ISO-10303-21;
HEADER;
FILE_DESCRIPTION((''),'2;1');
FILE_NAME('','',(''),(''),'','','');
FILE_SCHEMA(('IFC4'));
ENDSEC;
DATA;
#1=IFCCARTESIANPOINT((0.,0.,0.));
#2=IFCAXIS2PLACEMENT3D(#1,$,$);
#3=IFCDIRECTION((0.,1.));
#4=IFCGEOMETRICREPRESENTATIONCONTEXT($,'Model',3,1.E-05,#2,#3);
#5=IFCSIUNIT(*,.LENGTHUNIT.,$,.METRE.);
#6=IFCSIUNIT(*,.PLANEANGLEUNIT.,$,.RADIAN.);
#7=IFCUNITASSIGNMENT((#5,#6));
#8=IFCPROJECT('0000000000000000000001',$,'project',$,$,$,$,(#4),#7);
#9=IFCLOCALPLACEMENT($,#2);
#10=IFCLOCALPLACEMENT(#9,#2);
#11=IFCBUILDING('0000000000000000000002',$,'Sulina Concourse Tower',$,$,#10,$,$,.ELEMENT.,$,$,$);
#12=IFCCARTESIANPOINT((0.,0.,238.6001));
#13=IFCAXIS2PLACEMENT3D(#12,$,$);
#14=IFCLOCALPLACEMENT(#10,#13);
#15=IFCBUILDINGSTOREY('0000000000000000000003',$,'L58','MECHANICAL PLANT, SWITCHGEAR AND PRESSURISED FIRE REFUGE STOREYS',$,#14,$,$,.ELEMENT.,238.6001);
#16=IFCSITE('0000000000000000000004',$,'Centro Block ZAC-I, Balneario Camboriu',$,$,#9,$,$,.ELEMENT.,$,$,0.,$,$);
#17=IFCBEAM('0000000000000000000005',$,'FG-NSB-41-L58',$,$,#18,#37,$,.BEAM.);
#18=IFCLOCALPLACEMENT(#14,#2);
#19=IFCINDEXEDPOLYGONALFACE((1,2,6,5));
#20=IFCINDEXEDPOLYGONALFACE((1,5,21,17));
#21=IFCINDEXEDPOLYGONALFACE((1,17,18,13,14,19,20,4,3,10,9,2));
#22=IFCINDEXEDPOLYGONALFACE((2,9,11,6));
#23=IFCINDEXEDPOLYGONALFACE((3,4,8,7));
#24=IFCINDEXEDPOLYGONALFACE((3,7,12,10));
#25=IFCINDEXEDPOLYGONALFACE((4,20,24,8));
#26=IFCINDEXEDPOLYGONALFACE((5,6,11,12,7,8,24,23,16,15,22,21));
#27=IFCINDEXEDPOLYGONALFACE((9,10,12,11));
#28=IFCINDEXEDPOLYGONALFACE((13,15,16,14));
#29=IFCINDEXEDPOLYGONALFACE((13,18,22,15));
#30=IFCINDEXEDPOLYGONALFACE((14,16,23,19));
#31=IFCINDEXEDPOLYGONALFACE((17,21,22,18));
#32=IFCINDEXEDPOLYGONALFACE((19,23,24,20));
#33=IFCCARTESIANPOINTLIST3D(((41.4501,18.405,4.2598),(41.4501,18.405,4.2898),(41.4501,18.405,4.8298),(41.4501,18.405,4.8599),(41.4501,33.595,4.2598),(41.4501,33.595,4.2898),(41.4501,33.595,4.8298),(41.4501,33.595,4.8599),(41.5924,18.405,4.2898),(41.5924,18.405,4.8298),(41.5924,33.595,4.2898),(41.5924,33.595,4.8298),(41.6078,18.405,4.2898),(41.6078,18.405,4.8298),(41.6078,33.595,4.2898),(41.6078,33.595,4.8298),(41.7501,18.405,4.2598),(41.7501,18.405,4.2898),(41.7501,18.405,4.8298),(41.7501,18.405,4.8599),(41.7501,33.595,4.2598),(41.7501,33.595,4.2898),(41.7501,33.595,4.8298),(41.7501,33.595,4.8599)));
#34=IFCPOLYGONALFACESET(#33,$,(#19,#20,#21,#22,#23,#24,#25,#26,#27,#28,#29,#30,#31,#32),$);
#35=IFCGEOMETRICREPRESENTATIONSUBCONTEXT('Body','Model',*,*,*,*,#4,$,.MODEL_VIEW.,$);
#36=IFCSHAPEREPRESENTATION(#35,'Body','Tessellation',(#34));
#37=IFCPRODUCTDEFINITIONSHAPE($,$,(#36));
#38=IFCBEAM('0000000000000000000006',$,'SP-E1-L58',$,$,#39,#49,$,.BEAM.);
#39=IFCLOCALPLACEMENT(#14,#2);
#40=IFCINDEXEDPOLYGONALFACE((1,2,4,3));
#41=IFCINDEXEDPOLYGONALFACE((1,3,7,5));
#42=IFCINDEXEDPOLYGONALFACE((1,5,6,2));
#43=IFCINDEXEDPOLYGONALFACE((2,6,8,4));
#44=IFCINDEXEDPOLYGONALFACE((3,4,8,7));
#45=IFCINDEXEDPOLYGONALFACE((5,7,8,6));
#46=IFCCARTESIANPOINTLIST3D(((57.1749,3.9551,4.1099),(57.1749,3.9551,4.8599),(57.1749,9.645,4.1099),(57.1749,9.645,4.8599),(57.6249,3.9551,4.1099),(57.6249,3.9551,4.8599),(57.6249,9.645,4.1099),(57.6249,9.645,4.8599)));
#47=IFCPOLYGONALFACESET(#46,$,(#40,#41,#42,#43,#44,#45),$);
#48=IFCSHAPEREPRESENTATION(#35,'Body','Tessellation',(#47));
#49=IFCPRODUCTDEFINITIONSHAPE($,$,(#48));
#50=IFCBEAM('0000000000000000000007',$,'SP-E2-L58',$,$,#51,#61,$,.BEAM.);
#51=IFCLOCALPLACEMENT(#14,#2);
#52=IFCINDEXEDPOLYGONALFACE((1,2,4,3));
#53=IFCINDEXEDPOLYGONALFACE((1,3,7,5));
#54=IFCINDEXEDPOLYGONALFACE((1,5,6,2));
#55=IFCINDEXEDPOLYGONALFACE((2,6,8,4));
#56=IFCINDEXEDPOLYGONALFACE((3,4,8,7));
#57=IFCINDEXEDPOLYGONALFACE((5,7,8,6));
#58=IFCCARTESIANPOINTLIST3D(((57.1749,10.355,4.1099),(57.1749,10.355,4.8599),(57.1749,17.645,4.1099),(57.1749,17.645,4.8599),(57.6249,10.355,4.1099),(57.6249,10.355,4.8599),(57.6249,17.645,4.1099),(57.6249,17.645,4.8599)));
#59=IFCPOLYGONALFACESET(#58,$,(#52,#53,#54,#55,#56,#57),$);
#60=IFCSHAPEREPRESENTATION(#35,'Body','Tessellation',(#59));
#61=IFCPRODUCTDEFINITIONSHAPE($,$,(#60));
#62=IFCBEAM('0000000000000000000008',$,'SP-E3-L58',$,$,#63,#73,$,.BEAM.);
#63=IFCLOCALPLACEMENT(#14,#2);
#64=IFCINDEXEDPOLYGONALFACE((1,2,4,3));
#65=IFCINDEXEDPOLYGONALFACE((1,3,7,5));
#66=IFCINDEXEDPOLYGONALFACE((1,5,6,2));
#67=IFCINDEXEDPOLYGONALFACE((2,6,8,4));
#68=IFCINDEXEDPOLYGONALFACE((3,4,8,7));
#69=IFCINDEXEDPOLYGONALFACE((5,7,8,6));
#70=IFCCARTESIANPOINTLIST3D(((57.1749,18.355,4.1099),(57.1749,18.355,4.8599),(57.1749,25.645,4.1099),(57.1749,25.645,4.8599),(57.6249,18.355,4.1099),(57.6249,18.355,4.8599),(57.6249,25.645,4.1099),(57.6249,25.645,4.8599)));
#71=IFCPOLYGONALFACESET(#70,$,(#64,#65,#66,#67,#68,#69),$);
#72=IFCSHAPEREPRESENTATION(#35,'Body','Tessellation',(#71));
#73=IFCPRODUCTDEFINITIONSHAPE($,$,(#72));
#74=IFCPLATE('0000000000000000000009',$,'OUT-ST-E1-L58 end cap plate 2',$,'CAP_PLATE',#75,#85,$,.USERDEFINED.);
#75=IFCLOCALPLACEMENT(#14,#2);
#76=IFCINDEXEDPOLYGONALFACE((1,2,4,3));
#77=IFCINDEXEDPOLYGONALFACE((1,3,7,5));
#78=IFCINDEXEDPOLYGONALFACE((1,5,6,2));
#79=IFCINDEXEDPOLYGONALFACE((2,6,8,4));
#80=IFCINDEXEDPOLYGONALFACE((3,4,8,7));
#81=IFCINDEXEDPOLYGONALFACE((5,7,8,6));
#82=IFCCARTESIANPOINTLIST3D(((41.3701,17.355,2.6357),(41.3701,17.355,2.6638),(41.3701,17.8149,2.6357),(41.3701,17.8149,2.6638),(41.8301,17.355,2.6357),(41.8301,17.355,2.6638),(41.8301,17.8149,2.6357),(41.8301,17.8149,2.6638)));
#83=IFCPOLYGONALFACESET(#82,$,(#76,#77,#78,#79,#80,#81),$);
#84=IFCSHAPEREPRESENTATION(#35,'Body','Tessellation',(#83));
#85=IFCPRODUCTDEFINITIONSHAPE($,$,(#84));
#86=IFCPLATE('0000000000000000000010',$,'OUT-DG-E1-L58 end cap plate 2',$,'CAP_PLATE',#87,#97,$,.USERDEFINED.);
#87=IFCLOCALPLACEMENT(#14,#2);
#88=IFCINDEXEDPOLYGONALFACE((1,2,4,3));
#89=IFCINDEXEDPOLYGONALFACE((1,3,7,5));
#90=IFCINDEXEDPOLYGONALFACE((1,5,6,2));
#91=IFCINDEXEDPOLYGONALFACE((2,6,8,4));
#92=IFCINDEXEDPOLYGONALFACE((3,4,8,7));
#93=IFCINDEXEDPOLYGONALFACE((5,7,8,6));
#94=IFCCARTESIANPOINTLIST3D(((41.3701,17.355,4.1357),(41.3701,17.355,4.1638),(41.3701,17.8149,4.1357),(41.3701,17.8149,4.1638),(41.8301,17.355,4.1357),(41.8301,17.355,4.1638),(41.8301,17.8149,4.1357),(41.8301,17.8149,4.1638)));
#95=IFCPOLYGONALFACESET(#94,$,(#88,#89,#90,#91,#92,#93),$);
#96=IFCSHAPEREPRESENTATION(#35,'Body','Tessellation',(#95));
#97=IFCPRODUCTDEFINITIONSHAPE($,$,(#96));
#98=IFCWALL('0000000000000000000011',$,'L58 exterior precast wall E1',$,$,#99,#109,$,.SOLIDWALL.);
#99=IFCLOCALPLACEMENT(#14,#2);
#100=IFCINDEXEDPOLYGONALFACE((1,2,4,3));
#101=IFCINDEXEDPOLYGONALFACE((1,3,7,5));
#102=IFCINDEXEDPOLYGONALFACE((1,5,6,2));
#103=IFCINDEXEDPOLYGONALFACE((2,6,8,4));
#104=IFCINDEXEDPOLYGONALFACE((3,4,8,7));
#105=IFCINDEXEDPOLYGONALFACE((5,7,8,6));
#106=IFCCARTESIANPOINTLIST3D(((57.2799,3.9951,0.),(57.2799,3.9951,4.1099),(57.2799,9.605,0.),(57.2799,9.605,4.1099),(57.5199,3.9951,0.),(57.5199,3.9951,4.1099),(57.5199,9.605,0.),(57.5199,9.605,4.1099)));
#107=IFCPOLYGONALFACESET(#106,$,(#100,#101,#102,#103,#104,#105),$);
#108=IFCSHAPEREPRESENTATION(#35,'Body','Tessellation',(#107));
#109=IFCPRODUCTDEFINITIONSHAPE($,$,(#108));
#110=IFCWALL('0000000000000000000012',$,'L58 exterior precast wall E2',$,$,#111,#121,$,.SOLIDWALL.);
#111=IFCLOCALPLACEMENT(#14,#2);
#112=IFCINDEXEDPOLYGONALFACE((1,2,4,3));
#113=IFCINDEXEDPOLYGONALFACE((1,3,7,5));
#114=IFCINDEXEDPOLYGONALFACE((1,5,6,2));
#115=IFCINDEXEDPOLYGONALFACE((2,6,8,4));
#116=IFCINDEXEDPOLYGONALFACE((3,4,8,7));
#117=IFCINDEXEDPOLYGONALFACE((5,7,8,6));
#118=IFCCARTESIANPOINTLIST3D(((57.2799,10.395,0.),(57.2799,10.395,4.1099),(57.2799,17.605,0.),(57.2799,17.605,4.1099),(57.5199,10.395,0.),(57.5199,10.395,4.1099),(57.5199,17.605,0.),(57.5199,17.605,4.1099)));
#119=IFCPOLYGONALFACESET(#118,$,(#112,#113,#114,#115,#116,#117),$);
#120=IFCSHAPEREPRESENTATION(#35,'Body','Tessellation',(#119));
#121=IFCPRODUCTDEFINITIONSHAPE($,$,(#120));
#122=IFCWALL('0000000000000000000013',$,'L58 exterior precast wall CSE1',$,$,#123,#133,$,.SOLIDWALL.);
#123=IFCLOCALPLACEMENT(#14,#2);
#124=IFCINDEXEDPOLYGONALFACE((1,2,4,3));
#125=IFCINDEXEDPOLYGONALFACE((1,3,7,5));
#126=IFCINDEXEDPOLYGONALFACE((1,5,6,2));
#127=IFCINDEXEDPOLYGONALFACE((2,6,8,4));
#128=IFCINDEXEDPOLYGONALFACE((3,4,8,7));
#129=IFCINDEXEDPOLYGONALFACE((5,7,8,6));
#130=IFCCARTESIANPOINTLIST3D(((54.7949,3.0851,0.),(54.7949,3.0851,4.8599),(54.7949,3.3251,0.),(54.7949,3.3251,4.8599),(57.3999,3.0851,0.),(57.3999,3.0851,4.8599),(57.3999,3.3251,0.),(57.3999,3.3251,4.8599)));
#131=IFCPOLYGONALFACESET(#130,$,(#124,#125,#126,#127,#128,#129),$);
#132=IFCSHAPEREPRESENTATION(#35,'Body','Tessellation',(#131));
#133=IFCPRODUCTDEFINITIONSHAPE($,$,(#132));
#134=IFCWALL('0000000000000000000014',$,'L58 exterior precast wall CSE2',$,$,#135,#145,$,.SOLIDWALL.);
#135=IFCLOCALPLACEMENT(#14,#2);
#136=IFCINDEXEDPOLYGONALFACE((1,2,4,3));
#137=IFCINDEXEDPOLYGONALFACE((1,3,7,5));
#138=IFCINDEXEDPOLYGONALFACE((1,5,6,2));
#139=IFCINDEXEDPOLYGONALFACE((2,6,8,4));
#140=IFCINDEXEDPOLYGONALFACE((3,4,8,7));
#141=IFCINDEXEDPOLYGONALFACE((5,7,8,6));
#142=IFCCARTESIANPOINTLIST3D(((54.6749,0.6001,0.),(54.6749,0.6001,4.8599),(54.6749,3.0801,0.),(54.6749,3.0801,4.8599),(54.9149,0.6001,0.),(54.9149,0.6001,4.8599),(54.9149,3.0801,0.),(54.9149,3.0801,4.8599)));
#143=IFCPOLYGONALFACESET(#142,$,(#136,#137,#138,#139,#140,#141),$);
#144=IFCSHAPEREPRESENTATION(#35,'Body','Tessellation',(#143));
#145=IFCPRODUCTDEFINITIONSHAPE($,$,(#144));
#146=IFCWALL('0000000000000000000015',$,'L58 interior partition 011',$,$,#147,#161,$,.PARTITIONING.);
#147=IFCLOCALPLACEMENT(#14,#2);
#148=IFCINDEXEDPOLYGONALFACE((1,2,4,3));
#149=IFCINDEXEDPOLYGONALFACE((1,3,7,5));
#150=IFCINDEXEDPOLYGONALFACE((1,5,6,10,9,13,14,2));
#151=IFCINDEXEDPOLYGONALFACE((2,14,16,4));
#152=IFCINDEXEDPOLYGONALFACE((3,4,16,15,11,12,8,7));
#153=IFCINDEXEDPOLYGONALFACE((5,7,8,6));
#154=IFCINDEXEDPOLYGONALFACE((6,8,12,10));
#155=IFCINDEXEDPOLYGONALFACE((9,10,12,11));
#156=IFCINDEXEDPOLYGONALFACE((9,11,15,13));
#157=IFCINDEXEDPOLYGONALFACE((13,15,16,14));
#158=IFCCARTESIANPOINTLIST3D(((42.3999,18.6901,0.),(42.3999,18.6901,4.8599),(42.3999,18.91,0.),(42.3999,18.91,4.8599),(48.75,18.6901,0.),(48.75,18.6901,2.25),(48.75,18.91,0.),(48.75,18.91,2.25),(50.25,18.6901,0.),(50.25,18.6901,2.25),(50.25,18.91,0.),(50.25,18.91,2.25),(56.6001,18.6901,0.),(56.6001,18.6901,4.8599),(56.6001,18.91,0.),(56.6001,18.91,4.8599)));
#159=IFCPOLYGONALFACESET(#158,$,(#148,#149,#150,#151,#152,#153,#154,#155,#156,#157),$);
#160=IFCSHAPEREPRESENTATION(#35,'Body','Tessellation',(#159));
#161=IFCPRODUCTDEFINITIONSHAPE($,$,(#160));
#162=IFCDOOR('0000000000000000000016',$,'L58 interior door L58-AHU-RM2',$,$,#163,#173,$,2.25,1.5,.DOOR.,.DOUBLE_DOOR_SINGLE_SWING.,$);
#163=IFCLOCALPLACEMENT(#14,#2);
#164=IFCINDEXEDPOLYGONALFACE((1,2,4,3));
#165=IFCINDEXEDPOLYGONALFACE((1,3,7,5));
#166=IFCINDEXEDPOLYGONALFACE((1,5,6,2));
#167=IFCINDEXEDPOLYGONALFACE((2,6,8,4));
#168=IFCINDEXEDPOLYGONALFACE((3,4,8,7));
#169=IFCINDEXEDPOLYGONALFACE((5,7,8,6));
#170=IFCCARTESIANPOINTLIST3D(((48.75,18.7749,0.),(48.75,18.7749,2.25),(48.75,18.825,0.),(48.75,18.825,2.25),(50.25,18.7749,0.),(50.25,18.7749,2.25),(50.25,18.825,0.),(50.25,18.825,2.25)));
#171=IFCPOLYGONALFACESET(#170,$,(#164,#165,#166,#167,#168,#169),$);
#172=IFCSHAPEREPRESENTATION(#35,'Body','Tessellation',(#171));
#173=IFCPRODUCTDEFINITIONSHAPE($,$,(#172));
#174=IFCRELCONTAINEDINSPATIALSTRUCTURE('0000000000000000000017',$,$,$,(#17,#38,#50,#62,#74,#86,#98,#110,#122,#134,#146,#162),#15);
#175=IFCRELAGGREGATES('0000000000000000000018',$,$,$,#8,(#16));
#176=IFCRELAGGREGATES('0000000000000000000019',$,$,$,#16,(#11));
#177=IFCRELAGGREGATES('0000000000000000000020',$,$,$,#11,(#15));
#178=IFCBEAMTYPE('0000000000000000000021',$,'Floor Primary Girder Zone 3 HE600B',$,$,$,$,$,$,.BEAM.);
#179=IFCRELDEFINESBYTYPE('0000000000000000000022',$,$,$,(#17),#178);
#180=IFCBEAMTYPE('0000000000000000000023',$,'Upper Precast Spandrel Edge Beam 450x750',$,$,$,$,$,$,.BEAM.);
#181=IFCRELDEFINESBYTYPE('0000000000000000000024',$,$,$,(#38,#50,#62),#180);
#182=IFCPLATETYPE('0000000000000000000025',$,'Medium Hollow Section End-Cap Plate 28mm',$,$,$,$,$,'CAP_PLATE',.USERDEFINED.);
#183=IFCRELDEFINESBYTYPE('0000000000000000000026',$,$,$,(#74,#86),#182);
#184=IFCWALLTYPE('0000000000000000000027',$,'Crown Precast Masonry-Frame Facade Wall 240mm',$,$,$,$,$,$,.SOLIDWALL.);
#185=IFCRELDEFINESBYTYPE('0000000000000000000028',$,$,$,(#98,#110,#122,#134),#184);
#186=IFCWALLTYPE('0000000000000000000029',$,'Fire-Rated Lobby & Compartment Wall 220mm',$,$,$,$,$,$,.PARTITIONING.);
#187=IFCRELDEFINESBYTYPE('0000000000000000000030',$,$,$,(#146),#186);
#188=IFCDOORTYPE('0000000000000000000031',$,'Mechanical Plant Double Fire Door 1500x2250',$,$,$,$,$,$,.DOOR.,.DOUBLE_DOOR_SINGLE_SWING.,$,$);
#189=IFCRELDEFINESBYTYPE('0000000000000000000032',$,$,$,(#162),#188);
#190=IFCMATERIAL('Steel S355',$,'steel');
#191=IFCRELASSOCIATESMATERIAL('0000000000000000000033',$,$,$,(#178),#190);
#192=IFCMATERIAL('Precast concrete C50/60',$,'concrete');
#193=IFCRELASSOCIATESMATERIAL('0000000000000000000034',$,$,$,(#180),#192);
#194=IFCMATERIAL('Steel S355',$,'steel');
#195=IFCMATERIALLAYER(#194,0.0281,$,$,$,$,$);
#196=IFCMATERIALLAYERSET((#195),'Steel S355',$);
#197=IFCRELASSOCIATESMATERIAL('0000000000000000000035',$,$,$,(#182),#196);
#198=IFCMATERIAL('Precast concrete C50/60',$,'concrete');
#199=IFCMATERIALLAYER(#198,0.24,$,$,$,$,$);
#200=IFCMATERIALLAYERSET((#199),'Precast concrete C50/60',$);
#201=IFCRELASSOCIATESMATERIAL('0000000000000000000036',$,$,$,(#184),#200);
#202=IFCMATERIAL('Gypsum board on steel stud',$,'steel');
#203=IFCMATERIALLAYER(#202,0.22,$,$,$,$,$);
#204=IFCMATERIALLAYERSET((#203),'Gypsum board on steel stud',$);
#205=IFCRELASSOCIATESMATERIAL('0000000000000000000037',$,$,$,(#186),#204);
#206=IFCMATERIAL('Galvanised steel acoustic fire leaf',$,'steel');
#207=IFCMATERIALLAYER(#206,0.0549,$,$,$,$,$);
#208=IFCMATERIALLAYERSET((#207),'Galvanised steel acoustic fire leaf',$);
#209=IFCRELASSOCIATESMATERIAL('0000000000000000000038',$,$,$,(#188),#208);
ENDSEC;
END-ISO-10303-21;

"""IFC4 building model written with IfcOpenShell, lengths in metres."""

from ifc_helpers import new_model, si_unit, direction, frame, frame_2d, origin, origin_2d, place, context, subcontext, project, spatial, rectangle, i_section, extrude, material, layer, layer_set, material_profile, profile_set, type_object, element, fill, save


model = new_model("IFC4")

# Units and contexts
model_context = context("Model", 3, precision=1e-05, world=origin(), true_north=direction((0.0, 1.0)))
body_context = subcontext(model_context, "Body", "Model", "MODEL_VIEW")
ifc_project = project(units=[si_unit("LENGTHUNIT", "METRE"), si_unit("PLANEANGLEUNIT", "RADIAN")], contexts=[model_context])

# Site, building, storey
site_placement = place(None, origin())
site = spatial("IfcSite", under=ifc_project, at=site_placement, Name="Centro Block ZAC-I, Balneario Camboriu", CompositionType="ELEMENT", RefElevation=0.0)
building_placement = place(site_placement, origin())
building = spatial("IfcBuilding", under=site, at=building_placement, Name="Sulina Concourse Tower", CompositionType="ELEMENT")
storey_placement = place(building_placement, frame((0.0, 0.0, 238.6001)))
storey = spatial("IfcBuildingStorey", under=building, at=storey_placement, Name="L58", Description="MECHANICAL PLANT, SWITCHGEAR AND PRESSURISED FIRE REFUGE STOREYS", CompositionType="ELEMENT", Elevation=238.6001)

# Beams
ifc_material_1 = material(Name="Steel S355", Category="steel")
ifc_material_profile_1 = material_profile(ifc_material_1, i_section(OverallWidth=0.3, OverallDepth=0.6001, WebThickness=0.0154, FlangeThickness=0.03, at=origin_2d()), Name="HE 600 B")
ifc_profile_set_1 = profile_set([ifc_material_profile_1], Name="Steel S355")
beam_type_1 = type_object("IfcBeamType", Name="Floor Primary Girder Zone 3 HE600B", PredefinedType="BEAM", material=ifc_profile_set_1)
beam_1_placement = place(storey_placement, frame((41.6001, 18.405, 4.5598), z_axis=(0.0, 1.0, 0.0), x_axis=(-1.0, 0.0, 0.0)))
element("IfcBeam", 1, at=beam_1_placement, inside=storey, type_object=beam_type_1, Name="FG-NSB-41-L58", PredefinedType="BEAM", context=body_context, shape_type="SweptSolid", body=[
    extrude(i_section(OverallWidth=0.3, OverallDepth=0.6001, WebThickness=0.0154, FlangeThickness=0.03, at=origin_2d()), origin(), (0.0, 0.0, 1.0), 15.1899),
])
ifc_material_2 = material(Name="Precast concrete C50/60", Category="concrete")
ifc_material_profile_2 = material_profile(ifc_material_2, rectangle(XDim=0.45, YDim=0.75, at=origin_2d()), Name="RC 450x750")
ifc_profile_set_2 = profile_set([ifc_material_profile_2], Name="Precast concrete C50/60")
beam_type_2 = type_object("IfcBeamType", Name="Upper Precast Spandrel Edge Beam 450x750", PredefinedType="BEAM", material=ifc_profile_set_2)
beam_2_placement = place(storey_placement, frame((57.3999, 3.9551, 4.4849), z_axis=(0.0, 1.0, 0.0), x_axis=(-1.0, 0.0, 0.0)))
element("IfcBeam", 2, at=beam_2_placement, inside=storey, type_object=beam_type_2, Name="SP-E1-L58", PredefinedType="BEAM", context=body_context, shape_type="SweptSolid", body=[
    extrude(rectangle(XDim=0.45, YDim=0.75, at=origin_2d()), origin(), (0.0, 0.0, 1.0), 5.6899),
])
for number, where, z_axis, x_axis, name in (
    (3, (57.3999, 10.355, 4.4849), (0.0, 1.0, 0.0), (-1.0, 0.0, 0.0), "SP-E2-L58"),
    (4, (57.3999, 18.355, 4.4849), (0.0, 1.0, 0.0), (-1.0, 0.0, 0.0), "SP-E3-L58"),
):
    element("IfcBeam", number, at=place(storey_placement, frame(where, z_axis=z_axis, x_axis=x_axis)), inside=storey, type_object=beam_type_2, Name=name, PredefinedType="BEAM", context=body_context, shape_type="SweptSolid", body=[
        extrude(rectangle(XDim=0.45, YDim=0.75, at=origin_2d()), origin(), (0.0, 0.0, 1.0), 7.29),
    ])

# Plates
ifc_material_3 = material(Name="Steel S355", Category="steel")
ifc_layer_1 = layer(ifc_material_3, 0.0281)
ifc_layer_set_1 = layer_set([ifc_layer_1], Name="Steel S355")
plate_type = type_object("IfcPlateType", Name="Medium Hollow Section End-Cap Plate 28mm", ElementType="CAP_PLATE", PredefinedType="USERDEFINED", material=ifc_layer_set_1)
for number, where, z_axis, x_axis, name in (
    (5, (41.6001, 17.585, 2.6357), (0.0, 0.0, 1.0), (1.0, 0.0, 0.0), "OUT-ST-E1-L58 end cap plate 2"),
    (6, (41.6001, 17.585, 4.1357), (0.0, 0.0, 1.0), (1.0, 0.0, 0.0), "OUT-DG-E1-L58 end cap plate 2"),
):
    element("IfcPlate", number, at=place(storey_placement, frame(where, z_axis=z_axis, x_axis=x_axis)), inside=storey, type_object=plate_type, Name=name, ObjectType="CAP_PLATE", PredefinedType="USERDEFINED", context=body_context, shape_type="SweptSolid", body=[
        extrude(rectangle(XDim=0.46, YDim=0.46, at=origin_2d()), origin(), (0.0, 0.0, 1.0), 0.0281),
    ])

# Walls
ifc_material_4 = material(Name="Precast concrete C50/60", Category="concrete")
ifc_layer_2 = layer(ifc_material_4, 0.24)
ifc_layer_set_2 = layer_set([ifc_layer_2], Name="Precast concrete C50/60")
wall_type_1 = type_object("IfcWallType", Name="Crown Precast Masonry-Frame Facade Wall 240mm", PredefinedType="SOLIDWALL", material=ifc_layer_set_2)
wall_1_placement = place(storey_placement, frame((57.3999, 9.605, 0.0), z_axis=(0.0, 0.0, 1.0), x_axis=(0.0, -1.0, 0.0)))
element("IfcWall", 7, at=wall_1_placement, inside=storey, type_object=wall_type_1, Name="L58 exterior precast wall E1", PredefinedType="SOLIDWALL", context=body_context, shape_type="SweptSolid", body=[
    extrude(rectangle(XDim=5.6099, YDim=0.24, at=frame_2d((2.8049, 0.0))), origin(), (0.0, 0.0, 1.0), 4.1099),
])
wall_2_placement = place(storey_placement, frame((57.3999, 17.605, 0.0), z_axis=(0.0, 0.0, 1.0), x_axis=(0.0, -1.0, 0.0)))
element("IfcWall", 8, at=wall_2_placement, inside=storey, type_object=wall_type_1, Name="L58 exterior precast wall E2", PredefinedType="SOLIDWALL", context=body_context, shape_type="SweptSolid", body=[
    extrude(rectangle(XDim=7.21, YDim=0.24, at=frame_2d((3.605, 0.0))), origin(), (0.0, 0.0, 1.0), 4.1099),
])
wall_3_placement = place(storey_placement, frame((57.3999, 3.2051, 0.0), z_axis=(0.0, 0.0, 1.0), x_axis=(-1.0, 0.0, 0.0)))
element("IfcWall", 9, at=wall_3_placement, inside=storey, type_object=wall_type_1, Name="L58 exterior precast wall CSE1", PredefinedType="SOLIDWALL", context=body_context, shape_type="SweptSolid", body=[
    extrude(rectangle(XDim=2.605, YDim=0.24, at=frame_2d((1.3025, 0.0))), origin(), (0.0, 0.0, 1.0), 4.8599),
])
wall_4_placement = place(storey_placement, frame((54.7949, 3.0801, 0.0), z_axis=(0.0, 0.0, 1.0), x_axis=(0.0, -1.0, 0.0)))
element("IfcWall", 10, at=wall_4_placement, inside=storey, type_object=wall_type_1, Name="L58 exterior precast wall CSE2", PredefinedType="SOLIDWALL", context=body_context, shape_type="SweptSolid", body=[
    extrude(rectangle(XDim=2.48, YDim=0.24, at=frame_2d((1.24, 0.0))), origin(), (0.0, 0.0, 1.0), 4.8599),
])

# Wall, opening, door
ifc_material_5 = material(Name="Gypsum board on steel stud", Category="steel")
ifc_layer_3 = layer(ifc_material_5, 0.22)
ifc_layer_set_3 = layer_set([ifc_layer_3], Name="Gypsum board on steel stud")
wall_type_2 = type_object("IfcWallType", Name="Fire-Rated Lobby & Compartment Wall 220mm", PredefinedType="PARTITIONING", material=ifc_layer_set_3)
wall_5_placement = place(storey_placement, frame((42.3999, 18.8, 0.0), z_axis=(0.0, 0.0, 1.0), x_axis=(1.0, 0.0, 0.0)))
wall_5 = element("IfcWall", 11, at=wall_5_placement, inside=storey, type_object=wall_type_2, Name="L58 interior partition 011", PredefinedType="PARTITIONING", context=body_context, shape_type="SweptSolid", body=[
    extrude(rectangle(XDim=14.2002, YDim=0.22, at=frame_2d((7.1001, 0.0))), origin(), (0.0, 0.0, 1.0), 4.8599),
])
opening_1_placement = place(wall_5_placement, frame((6.3501, 0.0, 0.0)))
opening_1 = element("IfcOpeningElement", 12, at=opening_1_placement, cuts=wall_5, PredefinedType="OPENING", context=body_context, shape_type="SweptSolid", body=[
    extrude(rectangle(XDim=1.5, YDim=2.25, at=frame_2d((0.75, 1.125))), frame((0.0, 0.1199, 0.0), z_axis=(0.0, -1.0, 0.0), x_axis=(1.0, 0.0, 0.0)), (0.0, 0.0, 1.0), 0.24),
])
ifc_material_6 = material(Name="Galvanised steel acoustic fire leaf", Category="steel")
ifc_layer_4 = layer(ifc_material_6, 0.0549)
ifc_layer_set_4 = layer_set([ifc_layer_4], Name="Galvanised steel acoustic fire leaf")
door_type = type_object("IfcDoorType", Name="Mechanical Plant Double Fire Door 1500x2250", OperationType="DOUBLE_DOOR_SINGLE_SWING", PredefinedType="DOOR", material=ifc_layer_set_4)
door_1_placement = place(opening_1_placement, origin())
door_1 = element("IfcDoor", 13, at=door_1_placement, inside=storey, type_object=door_type, Name="L58 interior door L58-AHU-RM2", OperationType="DOUBLE_DOOR_SINGLE_SWING", OverallHeight=2.25, OverallWidth=1.5, PredefinedType="DOOR", context=body_context, shape_type="SweptSolid", body=[
    extrude(rectangle(XDim=1.5, YDim=2.25, at=frame_2d((0.75, 1.125))), frame((0.0, 0.0249, 0.0), z_axis=(0.0, -1.0, 0.0), x_axis=(1.0, 0.0, 0.0)), (0.0, 0.0, 1.0), 0.05),
])
fill(opening_1, door_1)

save(model, "model.ifc")
